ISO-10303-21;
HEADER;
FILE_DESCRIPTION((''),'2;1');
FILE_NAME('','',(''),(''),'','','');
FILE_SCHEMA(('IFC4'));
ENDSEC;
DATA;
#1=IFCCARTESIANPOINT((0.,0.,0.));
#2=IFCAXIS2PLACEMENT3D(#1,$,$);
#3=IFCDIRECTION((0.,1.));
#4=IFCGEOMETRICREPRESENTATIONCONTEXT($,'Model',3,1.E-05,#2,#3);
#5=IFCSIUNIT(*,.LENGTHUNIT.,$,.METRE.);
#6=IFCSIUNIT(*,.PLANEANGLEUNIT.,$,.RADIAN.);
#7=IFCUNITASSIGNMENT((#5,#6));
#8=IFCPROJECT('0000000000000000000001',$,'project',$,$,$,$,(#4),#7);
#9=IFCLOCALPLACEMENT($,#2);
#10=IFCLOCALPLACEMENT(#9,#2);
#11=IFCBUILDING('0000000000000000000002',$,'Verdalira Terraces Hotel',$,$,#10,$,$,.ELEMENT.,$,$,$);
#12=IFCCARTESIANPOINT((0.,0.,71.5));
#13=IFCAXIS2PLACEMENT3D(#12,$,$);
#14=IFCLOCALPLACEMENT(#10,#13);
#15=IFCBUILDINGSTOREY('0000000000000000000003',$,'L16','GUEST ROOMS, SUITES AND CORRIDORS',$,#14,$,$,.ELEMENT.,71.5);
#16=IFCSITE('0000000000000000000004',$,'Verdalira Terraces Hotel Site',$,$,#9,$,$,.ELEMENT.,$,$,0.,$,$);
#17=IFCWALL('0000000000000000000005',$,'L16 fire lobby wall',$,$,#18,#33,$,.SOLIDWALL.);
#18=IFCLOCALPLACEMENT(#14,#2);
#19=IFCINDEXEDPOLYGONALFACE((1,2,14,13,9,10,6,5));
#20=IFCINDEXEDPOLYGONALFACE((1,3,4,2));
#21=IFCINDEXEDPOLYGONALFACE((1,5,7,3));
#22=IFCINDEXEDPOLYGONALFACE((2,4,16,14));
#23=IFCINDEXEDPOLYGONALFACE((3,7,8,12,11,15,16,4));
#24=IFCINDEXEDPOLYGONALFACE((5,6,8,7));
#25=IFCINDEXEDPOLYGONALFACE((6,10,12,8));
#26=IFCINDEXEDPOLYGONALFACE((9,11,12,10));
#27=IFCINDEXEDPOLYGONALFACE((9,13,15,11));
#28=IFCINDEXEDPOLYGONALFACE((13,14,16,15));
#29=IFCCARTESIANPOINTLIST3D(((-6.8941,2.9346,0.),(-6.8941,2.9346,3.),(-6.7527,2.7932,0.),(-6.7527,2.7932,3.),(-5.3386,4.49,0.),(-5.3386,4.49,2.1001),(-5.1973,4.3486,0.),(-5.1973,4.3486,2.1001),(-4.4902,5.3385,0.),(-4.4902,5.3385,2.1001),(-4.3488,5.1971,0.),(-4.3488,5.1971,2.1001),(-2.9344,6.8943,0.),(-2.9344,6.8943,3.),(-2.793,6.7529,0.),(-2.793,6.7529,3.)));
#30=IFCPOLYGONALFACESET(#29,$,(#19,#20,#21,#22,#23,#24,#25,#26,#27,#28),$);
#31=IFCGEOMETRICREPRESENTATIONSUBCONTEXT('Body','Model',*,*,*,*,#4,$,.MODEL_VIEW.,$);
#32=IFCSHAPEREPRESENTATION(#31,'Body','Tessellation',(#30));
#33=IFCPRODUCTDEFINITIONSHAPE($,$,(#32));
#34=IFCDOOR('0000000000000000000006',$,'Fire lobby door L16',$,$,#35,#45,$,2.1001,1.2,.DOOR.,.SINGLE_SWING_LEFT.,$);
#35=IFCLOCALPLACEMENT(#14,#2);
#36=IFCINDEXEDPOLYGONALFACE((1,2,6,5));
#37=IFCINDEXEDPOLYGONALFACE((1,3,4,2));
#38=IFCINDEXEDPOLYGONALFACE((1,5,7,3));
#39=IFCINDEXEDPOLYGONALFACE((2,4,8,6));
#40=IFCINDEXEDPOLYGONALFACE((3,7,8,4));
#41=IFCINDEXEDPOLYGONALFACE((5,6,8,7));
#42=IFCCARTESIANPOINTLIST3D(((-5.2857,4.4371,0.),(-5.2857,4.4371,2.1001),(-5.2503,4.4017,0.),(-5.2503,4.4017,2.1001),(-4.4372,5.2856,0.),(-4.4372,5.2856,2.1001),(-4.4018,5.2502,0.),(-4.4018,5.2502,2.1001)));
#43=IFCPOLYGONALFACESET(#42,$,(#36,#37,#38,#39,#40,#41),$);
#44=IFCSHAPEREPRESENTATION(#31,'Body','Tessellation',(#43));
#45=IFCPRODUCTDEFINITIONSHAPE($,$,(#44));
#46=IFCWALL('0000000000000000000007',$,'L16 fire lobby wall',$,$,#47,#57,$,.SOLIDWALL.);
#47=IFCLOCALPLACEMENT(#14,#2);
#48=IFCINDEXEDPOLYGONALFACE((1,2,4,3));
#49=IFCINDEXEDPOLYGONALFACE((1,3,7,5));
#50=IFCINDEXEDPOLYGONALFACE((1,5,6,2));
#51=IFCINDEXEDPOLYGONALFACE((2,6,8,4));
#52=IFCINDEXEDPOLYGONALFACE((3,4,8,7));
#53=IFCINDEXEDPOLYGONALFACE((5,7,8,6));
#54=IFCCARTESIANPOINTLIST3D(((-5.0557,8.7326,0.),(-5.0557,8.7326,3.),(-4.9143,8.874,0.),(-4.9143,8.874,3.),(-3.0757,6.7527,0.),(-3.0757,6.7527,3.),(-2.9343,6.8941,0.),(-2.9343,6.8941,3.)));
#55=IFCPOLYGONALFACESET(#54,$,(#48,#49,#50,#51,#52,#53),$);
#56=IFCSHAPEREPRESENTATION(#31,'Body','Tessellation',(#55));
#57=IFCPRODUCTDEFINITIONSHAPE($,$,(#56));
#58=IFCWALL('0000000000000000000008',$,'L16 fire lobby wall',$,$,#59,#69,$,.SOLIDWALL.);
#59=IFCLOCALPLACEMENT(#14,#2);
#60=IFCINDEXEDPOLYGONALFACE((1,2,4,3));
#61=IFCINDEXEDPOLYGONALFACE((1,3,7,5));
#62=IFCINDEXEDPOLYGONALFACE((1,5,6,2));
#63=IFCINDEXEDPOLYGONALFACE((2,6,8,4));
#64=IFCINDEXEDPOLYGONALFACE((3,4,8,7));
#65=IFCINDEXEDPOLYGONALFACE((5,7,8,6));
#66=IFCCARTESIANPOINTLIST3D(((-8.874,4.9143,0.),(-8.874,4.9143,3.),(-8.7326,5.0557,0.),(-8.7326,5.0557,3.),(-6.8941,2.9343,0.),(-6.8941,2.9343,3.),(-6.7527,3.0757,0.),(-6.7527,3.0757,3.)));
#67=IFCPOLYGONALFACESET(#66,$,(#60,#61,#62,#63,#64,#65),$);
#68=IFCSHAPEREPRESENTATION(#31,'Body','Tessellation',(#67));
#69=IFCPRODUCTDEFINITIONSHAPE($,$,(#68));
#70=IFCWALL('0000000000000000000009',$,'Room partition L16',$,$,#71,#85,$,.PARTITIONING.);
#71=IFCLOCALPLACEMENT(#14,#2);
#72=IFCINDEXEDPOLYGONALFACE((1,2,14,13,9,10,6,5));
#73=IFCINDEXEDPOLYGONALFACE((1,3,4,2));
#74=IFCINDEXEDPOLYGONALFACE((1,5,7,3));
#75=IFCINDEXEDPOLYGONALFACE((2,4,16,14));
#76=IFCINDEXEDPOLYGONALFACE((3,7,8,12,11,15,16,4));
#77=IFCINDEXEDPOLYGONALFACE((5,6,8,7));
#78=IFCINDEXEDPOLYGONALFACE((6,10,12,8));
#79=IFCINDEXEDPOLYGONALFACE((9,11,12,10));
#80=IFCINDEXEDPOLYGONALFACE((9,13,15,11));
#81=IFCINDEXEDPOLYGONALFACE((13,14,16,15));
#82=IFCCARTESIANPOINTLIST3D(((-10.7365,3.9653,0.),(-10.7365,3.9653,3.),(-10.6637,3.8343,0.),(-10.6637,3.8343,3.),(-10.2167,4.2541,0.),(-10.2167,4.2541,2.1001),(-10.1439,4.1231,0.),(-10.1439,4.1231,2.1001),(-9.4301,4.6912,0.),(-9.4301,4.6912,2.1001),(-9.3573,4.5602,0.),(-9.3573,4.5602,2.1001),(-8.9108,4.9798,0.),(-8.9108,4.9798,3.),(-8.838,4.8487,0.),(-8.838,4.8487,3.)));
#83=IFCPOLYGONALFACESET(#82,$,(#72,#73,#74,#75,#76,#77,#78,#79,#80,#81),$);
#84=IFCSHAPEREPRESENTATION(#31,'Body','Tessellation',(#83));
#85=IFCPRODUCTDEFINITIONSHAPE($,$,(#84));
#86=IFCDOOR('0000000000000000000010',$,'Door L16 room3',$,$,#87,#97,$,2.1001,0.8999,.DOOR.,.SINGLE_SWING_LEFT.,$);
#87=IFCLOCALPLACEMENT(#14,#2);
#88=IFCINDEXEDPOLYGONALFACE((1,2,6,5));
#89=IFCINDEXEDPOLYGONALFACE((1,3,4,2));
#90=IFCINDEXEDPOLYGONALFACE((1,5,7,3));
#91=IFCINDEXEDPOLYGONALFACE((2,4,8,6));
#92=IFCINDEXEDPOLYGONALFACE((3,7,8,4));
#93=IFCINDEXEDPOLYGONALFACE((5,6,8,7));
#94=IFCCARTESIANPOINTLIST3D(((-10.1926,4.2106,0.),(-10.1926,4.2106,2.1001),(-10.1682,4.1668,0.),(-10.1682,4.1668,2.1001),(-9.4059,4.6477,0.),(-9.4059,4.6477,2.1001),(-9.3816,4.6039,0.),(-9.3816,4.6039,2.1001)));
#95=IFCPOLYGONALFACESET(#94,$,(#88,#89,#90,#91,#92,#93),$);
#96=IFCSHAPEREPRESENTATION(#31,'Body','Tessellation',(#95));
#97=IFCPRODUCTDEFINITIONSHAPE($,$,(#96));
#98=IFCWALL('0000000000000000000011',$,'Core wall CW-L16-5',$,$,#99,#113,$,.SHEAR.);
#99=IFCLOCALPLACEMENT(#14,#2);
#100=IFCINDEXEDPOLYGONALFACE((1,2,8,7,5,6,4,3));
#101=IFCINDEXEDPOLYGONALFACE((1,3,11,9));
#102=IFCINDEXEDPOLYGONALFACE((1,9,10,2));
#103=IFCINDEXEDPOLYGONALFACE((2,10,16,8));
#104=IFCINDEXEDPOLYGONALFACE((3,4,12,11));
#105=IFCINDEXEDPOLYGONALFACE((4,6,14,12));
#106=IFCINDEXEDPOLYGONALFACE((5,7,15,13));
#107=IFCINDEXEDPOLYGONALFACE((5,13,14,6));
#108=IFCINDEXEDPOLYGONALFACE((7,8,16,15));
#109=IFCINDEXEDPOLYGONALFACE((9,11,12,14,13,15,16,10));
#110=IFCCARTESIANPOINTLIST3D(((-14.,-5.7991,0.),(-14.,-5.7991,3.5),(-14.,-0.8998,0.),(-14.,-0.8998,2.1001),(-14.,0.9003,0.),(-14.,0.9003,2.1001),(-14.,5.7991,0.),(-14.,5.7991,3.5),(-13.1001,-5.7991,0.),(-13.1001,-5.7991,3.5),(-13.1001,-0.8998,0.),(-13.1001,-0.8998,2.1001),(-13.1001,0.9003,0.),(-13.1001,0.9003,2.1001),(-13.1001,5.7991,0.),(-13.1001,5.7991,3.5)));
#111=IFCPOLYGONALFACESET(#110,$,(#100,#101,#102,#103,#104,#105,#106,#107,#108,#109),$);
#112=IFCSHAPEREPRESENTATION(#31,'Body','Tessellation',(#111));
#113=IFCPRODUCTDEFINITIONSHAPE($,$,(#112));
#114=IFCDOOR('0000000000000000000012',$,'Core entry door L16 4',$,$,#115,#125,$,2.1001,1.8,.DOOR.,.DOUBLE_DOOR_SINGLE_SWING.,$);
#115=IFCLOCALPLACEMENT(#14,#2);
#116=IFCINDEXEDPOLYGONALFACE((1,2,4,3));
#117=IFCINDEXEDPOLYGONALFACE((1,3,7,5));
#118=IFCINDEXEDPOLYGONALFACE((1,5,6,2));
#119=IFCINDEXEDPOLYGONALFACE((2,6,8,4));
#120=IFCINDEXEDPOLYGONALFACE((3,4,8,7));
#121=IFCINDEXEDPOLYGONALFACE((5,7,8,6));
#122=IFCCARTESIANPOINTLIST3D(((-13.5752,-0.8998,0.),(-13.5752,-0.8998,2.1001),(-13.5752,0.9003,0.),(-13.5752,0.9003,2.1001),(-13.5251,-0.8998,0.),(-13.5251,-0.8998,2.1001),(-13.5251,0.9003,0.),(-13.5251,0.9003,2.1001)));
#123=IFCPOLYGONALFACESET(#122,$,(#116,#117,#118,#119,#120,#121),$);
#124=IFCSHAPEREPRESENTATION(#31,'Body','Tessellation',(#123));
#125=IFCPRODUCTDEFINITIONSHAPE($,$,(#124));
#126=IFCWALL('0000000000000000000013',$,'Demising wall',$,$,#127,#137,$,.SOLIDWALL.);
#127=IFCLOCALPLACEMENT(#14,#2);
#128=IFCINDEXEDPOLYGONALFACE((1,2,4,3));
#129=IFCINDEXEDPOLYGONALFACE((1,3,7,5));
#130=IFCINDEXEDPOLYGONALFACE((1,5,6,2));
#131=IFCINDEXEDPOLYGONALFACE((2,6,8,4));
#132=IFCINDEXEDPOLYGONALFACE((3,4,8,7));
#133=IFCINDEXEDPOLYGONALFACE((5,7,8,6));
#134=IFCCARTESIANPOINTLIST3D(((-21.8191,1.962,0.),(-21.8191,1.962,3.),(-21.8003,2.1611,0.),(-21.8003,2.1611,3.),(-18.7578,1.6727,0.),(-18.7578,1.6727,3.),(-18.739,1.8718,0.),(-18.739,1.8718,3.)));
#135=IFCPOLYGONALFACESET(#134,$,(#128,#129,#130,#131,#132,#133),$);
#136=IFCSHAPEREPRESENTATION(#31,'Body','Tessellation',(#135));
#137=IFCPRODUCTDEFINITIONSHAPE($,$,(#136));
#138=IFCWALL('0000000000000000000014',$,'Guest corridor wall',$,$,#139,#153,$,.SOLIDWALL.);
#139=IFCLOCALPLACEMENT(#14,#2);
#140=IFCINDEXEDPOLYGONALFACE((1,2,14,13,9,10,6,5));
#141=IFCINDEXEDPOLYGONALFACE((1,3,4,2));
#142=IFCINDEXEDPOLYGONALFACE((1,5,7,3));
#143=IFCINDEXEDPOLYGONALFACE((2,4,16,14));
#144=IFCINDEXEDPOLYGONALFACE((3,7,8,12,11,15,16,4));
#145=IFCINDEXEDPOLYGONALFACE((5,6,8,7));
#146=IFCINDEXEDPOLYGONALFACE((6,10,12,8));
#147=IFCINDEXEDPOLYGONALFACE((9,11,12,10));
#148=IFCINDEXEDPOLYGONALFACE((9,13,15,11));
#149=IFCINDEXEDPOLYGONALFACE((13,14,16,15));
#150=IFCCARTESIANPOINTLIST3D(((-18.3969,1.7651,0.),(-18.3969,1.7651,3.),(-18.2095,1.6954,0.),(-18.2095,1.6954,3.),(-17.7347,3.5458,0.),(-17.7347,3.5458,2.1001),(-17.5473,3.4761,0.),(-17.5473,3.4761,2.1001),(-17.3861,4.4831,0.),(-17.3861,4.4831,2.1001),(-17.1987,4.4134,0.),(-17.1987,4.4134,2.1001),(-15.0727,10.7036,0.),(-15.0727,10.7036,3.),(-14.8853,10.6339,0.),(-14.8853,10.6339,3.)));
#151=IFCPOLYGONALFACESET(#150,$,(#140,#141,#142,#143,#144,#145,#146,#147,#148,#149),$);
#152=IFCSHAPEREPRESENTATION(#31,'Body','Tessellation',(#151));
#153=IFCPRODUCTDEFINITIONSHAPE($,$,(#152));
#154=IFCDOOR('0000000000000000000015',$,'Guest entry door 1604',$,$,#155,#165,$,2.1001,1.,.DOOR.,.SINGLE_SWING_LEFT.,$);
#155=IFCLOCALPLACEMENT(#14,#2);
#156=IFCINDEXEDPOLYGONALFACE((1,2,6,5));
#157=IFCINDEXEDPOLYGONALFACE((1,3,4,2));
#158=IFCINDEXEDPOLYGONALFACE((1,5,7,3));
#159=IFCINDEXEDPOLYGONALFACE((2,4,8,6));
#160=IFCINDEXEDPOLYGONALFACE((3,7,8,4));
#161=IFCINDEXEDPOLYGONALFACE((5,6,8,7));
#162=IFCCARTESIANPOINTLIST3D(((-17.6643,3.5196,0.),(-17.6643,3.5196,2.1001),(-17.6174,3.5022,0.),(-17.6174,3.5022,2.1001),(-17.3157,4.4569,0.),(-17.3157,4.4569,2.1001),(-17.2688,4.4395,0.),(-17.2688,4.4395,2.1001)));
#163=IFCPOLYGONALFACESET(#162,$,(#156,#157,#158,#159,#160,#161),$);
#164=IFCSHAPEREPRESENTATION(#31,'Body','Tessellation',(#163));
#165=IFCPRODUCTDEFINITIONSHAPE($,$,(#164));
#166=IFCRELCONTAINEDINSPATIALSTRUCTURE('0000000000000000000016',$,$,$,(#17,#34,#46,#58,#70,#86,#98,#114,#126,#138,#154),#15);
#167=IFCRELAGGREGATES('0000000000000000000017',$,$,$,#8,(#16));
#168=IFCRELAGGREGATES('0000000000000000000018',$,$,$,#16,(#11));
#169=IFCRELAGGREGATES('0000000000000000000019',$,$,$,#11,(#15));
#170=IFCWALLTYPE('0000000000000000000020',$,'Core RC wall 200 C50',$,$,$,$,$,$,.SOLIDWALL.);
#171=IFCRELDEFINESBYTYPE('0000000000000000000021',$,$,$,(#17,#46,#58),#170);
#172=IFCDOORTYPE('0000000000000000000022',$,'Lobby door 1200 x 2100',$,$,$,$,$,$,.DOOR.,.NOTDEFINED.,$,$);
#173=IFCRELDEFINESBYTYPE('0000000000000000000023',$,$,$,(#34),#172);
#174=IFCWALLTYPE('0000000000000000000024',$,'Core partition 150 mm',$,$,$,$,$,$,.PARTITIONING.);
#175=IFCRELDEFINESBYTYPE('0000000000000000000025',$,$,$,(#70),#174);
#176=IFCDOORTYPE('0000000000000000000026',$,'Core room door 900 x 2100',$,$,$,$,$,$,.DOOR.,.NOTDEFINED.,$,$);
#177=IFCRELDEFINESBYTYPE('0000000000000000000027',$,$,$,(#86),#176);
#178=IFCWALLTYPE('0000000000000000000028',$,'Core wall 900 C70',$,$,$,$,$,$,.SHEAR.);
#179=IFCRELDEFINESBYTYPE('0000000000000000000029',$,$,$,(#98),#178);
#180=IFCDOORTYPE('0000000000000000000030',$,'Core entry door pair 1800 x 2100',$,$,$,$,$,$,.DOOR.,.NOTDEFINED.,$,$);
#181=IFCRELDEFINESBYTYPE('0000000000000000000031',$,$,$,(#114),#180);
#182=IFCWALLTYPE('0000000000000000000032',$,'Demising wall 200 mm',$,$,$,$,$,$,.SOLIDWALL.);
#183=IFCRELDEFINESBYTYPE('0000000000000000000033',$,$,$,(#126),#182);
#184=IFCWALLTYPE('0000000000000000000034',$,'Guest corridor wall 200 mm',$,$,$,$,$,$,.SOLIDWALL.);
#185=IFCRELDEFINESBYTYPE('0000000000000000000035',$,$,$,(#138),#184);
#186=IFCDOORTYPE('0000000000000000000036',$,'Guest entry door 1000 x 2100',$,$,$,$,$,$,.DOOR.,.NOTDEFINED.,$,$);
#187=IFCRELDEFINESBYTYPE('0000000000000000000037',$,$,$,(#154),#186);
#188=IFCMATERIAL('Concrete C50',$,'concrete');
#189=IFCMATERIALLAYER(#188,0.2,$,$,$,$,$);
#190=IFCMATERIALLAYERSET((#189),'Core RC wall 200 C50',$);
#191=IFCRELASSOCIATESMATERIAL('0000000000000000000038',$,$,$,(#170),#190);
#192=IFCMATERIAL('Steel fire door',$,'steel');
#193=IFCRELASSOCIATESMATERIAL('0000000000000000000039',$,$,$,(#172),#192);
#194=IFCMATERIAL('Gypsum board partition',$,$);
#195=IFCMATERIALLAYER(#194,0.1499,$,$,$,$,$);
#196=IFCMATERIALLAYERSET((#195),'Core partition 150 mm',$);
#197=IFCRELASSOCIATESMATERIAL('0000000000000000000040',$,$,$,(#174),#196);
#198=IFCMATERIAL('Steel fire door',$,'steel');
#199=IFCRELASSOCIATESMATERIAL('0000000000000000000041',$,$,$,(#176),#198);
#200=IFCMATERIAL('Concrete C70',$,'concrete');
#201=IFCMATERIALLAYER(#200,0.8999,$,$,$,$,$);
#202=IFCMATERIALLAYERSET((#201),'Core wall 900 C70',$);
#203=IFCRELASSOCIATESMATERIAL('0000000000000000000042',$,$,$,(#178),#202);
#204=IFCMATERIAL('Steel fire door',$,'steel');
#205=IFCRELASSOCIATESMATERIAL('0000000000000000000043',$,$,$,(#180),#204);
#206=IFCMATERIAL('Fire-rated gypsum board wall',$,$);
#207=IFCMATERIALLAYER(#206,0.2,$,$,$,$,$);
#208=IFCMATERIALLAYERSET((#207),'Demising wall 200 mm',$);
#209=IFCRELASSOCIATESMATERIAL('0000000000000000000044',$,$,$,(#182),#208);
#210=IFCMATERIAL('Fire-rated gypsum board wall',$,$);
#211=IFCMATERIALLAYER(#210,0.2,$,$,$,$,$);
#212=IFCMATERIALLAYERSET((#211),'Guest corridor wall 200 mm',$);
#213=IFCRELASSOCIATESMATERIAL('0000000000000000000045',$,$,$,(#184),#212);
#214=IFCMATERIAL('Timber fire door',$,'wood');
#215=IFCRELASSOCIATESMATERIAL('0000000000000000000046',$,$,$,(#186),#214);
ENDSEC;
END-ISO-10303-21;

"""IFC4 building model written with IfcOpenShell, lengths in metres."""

from ifc_helpers import new_model, si_unit, direction, frame, frame_2d, origin, place, context, subcontext, project, spatial, rectangle, extrude, material, layer, layer_set, type_object, element, fill, save


model = new_model("IFC4")

# Units and contexts
model_context = context("Model", 3, precision=1e-05, world=origin(), true_north=direction((0.0, 1.0)))
body_context = subcontext(model_context, "Body", "Model", "MODEL_VIEW")
ifc_project = project(units=[si_unit("LENGTHUNIT", "METRE"), si_unit("PLANEANGLEUNIT", "RADIAN")], contexts=[model_context])

# Site, building, storey
site_placement = place(None, origin())
site = spatial("IfcSite", under=ifc_project, at=site_placement, Name="Verdalira Terraces Hotel Site", CompositionType="ELEMENT", RefElevation=0.0)
building_placement = place(site_placement, origin())
building = spatial("IfcBuilding", under=site, at=building_placement, Name="Verdalira Terraces Hotel", CompositionType="ELEMENT")
storey_placement = place(building_placement, frame((0.0, 0.0, 71.5)))
storey = spatial("IfcBuildingStorey", under=building, at=storey_placement, Name="L16", Description="GUEST ROOMS, SUITES AND CORRIDORS", CompositionType="ELEMENT", Elevation=71.5)

# Wall, opening, door
ifc_material_1 = material(Name="Concrete C50", Category="concrete")
ifc_layer_1 = layer(ifc_material_1, 0.2)
ifc_layer_set_1 = layer_set([ifc_layer_1], Name="Core RC wall 200 C50")
wall_type_1 = type_object("IfcWallType", Name="Core RC wall 200 C50", PredefinedType="SOLIDWALL", material=ifc_layer_set_1)
wall_1_placement = place(storey_placement, frame((-2.8638, 6.8235, 0.0), z_axis=(0.0, 0.0, 1.0), x_axis=(-0.707107, -0.707107, 0.0)))
wall_1 = element("IfcWall", 1, at=wall_1_placement, inside=storey, type_object=wall_type_1, Name="L16 fire lobby wall", PredefinedType="SOLIDWALL", context=body_context, shape_type="SweptSolid", body=[
    extrude(rectangle(XDim=5.5999, YDim=0.2, at=frame_2d((2.7998, 0.0))), origin(), (0.0, 0.0, 1.0), 3.0),
])
opening_1_placement = place(wall_1_placement, frame((2.2, 0.0, 0.0)))
opening_1 = element("IfcOpeningElement", 2, at=opening_1_placement, cuts=wall_1, PredefinedType="OPENING", context=body_context, shape_type="SweptSolid", body=[
    extrude(rectangle(XDim=1.2, YDim=2.1001, at=frame_2d((0.6001, 1.05))), frame((0.0, 0.1099, 0.0), z_axis=(0.0, -1.0, 0.0), x_axis=(1.0, 0.0, 0.0)), (0.0, 0.0, 1.0), 0.22),
])
ifc_material_2 = material(Name="Steel fire door", Category="steel")
door_type_1 = type_object("IfcDoorType", Name="Lobby door 1200 x 2100", OperationType="NOTDEFINED", PredefinedType="DOOR", material=ifc_material_2)
door_1_placement = place(opening_1_placement, origin())
door_1 = element("IfcDoor", 3, at=door_1_placement, inside=storey, type_object=door_type_1, Name="Fire lobby door L16", OperationType="SINGLE_SWING_LEFT", OverallHeight=2.1001, OverallWidth=1.2, PredefinedType="DOOR", context=body_context, shape_type="SweptSolid", body=[
    extrude(rectangle(XDim=1.2, YDim=2.1001, at=frame_2d((0.6001, 1.05))), frame((0.0, 0.0249, 0.0), z_axis=(0.0, -1.0, 0.0), x_axis=(1.0, 0.0, 0.0)), (0.0, 0.0, 1.0), 0.05),
])
fill(opening_1, door_1)

# Walls
for number, where, z_axis, x_axis, name in (
    (4, (-3.0051, 6.8235, 0.0), (0.0, 0.0, 1.0), (-0.707107, 0.707107, 0.0), "L16 fire lobby wall"),
    (5, (-6.8235, 3.0051, 0.0), (0.0, 0.0, 1.0), (-0.707107, 0.707107, 0.0), "L16 fire lobby wall"),
):
    element("IfcWall", number, at=place(storey_placement, frame(where, z_axis=z_axis, x_axis=x_axis)), inside=storey, type_object=wall_type_1, Name=name, PredefinedType="SOLIDWALL", context=body_context, shape_type="SweptSolid", body=[
        extrude(rectangle(XDim=2.8, YDim=0.2, at=frame_2d((1.3999, 0.0))), origin(), (0.0, 0.0, 1.0), 3.0),
    ])

# Walls, openings, doors
ifc_material_3 = material(Name="Gypsum board partition")
ifc_layer_2 = layer(ifc_material_3, 0.1499)
ifc_layer_set_2 = layer_set([ifc_layer_2], Name="Core partition 150 mm")
wall_type_2 = type_object("IfcWallType", Name="Core partition 150 mm", PredefinedType="PARTITIONING", material=ifc_layer_set_2)
wall_2_placement = place(storey_placement, frame((-8.8743, 4.9143, 0.0), z_axis=(0.0, 0.0, 1.0), x_axis=(-0.87413, -0.485693, 0.0)))
wall_2 = element("IfcWall", 6, at=wall_2_placement, inside=storey, type_object=wall_type_2, Name="Room partition L16", PredefinedType="PARTITIONING", context=body_context, shape_type="SweptSolid", body=[
    extrude(rectangle(XDim=2.0886, YDim=0.1499, at=frame_2d((1.0444, 0.0))), origin(), (0.0, 0.0, 1.0), 3.0),
])
opening_2_placement = place(wall_2_placement, frame((0.5942, 0.0, 0.0)))
opening_2 = element("IfcOpeningElement", 7, at=opening_2_placement, cuts=wall_2, PredefinedType="OPENING", context=body_context, shape_type="SweptSolid", body=[
    extrude(rectangle(XDim=0.8999, YDim=2.1001, at=frame_2d((0.45, 1.05))), frame((0.0, 0.085, 0.0), z_axis=(0.0, -1.0, 0.0), x_axis=(1.0, 0.0, 0.0)), (0.0, 0.0, 1.0), 0.1699),
])
ifc_material_4 = material(Name="Steel fire door", Category="steel")
door_type_2 = type_object("IfcDoorType", Name="Core room door 900 x 2100", OperationType="NOTDEFINED", PredefinedType="DOOR", material=ifc_material_4)
door_2_placement = place(opening_2_placement, origin())
door_2 = element("IfcDoor", 8, at=door_2_placement, inside=storey, type_object=door_type_2, Name="Door L16 room3", OperationType="SINGLE_SWING_LEFT", OverallHeight=2.1001, OverallWidth=0.8999, PredefinedType="DOOR", context=body_context, shape_type="SweptSolid", body=[
    extrude(rectangle(XDim=0.8999, YDim=2.1001, at=frame_2d((0.45, 1.05))), frame((0.0, 0.0249, 0.0), z_axis=(0.0, -1.0, 0.0), x_axis=(1.0, 0.0, 0.0)), (0.0, 0.0, 1.0), 0.05),
])
fill(opening_2, door_2)
ifc_material_5 = material(Name="Concrete C70", Category="concrete")
ifc_layer_3 = layer(ifc_material_5, 0.8999)
ifc_layer_set_3 = layer_set([ifc_layer_3], Name="Core wall 900 C70")
wall_type_3 = type_object("IfcWallType", Name="Core wall 900 C70", PredefinedType="SHEAR", material=ifc_layer_set_3)
wall_3_placement = place(storey_placement, frame((-13.55, 5.7991, 0.0), z_axis=(0.0, 0.0, 1.0), x_axis=(0.0, -1.0, 0.0)))
wall_3 = element("IfcWall", 9, at=wall_3_placement, inside=storey, type_object=wall_type_3, Name="Core wall CW-L16-5", PredefinedType="SHEAR", context=body_context, shape_type="SweptSolid", body=[
    extrude(rectangle(XDim=11.5981, YDim=0.8999, at=frame_2d((5.7991, 0.0))), origin(), (0.0, 0.0, 1.0), 3.5),
])
opening_3_placement = place(wall_3_placement, frame((4.8989, 0.0, 0.0)))
opening_3 = element("IfcOpeningElement", 10, at=opening_3_placement, cuts=wall_3, PredefinedType="OPENING", context=body_context, shape_type="SweptSolid", body=[
    extrude(rectangle(XDim=1.8, YDim=2.1001, at=frame_2d((0.8999, 1.05))), frame((0.0, 0.46, 0.0), z_axis=(0.0, -1.0, 0.0), x_axis=(1.0, 0.0, 0.0)), (0.0, 0.0, 1.0), 0.9199),
])
ifc_material_6 = material(Name="Steel fire door", Category="steel")
door_type_3 = type_object("IfcDoorType", Name="Core entry door pair 1800 x 2100", OperationType="NOTDEFINED", PredefinedType="DOOR", material=ifc_material_6)
door_3_placement = place(opening_3_placement, origin())
door_3 = element("IfcDoor", 11, at=door_3_placement, inside=storey, type_object=door_type_3, Name="Core entry door L16 4", OperationType="DOUBLE_DOOR_SINGLE_SWING", OverallHeight=2.1001, OverallWidth=1.8, PredefinedType="DOOR", context=body_context, shape_type="SweptSolid", body=[
    extrude(rectangle(XDim=1.8, YDim=2.1001, at=frame_2d((0.8999, 1.05))), frame((0.0, 0.0249, 0.0), z_axis=(0.0, -1.0, 0.0), x_axis=(1.0, 0.0, 0.0)), (0.0, 0.0, 1.0), 0.05),
])
fill(opening_3, door_3)

# Wall
ifc_material_7 = material(Name="Fire-rated gypsum board wall")
ifc_layer_4 = layer(ifc_material_7, 0.2)
ifc_layer_set_4 = layer_set([ifc_layer_4], Name="Demising wall 200 mm")
wall_type_4 = type_object("IfcWallType", Name="Demising wall 200 mm", PredefinedType="SOLIDWALL", material=ifc_layer_set_4)
wall_4_placement = place(storey_placement, frame((-18.7483, 1.7722, 0.0), z_axis=(0.0, 0.0, 1.0), x_axis=(-0.995564, 0.094086, 0.0)))
element("IfcWall", 12, at=wall_4_placement, inside=storey, type_object=wall_type_4, Name="Demising wall", PredefinedType="SOLIDWALL", context=body_context, shape_type="SweptSolid", body=[
    extrude(rectangle(XDim=3.075, YDim=0.2, at=frame_2d((1.5376, 0.0))), origin(), (0.0, 0.0, 1.0), 3.0),
])

# Wall, opening, door
ifc_material_8 = material(Name="Fire-rated gypsum board wall")
ifc_layer_5 = layer(ifc_material_8, 0.2)
ifc_layer_set_5 = layer_set([ifc_layer_5], Name="Guest corridor wall 200 mm")
wall_type_5 = type_object("IfcWallType", Name="Guest corridor wall 200 mm", PredefinedType="SOLIDWALL", material=ifc_layer_set_5)
wall_5_placement = place(storey_placement, frame((-18.3032, 1.7302, 0.0), z_axis=(0.0, 0.0, 1.0), x_axis=(0.348575, 0.937281, 0.0)))
wall_5 = element("IfcWall", 13, at=wall_5_placement, inside=storey, type_object=wall_type_5, Name="Guest corridor wall", PredefinedType="SOLIDWALL", context=body_context, shape_type="SweptSolid", body=[
    extrude(rectangle(XDim=9.5366, YDim=0.2, at=frame_2d((4.7683, 0.0))), origin(), (0.0, 0.0, 1.0), 3.0),
])
opening_4_placement = place(wall_5_placement, frame((1.8999, 0.0, 0.0)))
opening_4 = element("IfcOpeningElement", 14, at=opening_4_placement, cuts=wall_5, PredefinedType="OPENING", context=body_context, shape_type="SweptSolid", body=[
    extrude(rectangle(XDim=1.0, YDim=2.1001, at=frame_2d((0.5, 1.05))), frame((0.0, 0.1099, 0.0), z_axis=(0.0, -1.0, 0.0), x_axis=(1.0, 0.0, 0.0)), (0.0, 0.0, 1.0), 0.22),
])
ifc_material_9 = material(Name="Timber fire door", Category="wood")
door_type_4 = type_object("IfcDoorType", Name="Guest entry door 1000 x 2100", OperationType="NOTDEFINED", PredefinedType="DOOR", material=ifc_material_9)
door_4_placement = place(opening_4_placement, origin())
door_4 = element("IfcDoor", 15, at=door_4_placement, inside=storey, type_object=door_type_4, Name="Guest entry door 1604", OperationType="SINGLE_SWING_LEFT", OverallHeight=2.1001, OverallWidth=1.0, PredefinedType="DOOR", context=body_context, shape_type="SweptSolid", body=[
    extrude(rectangle(XDim=1.0, YDim=2.1001, at=frame_2d((0.5, 1.05))), frame((0.0, 0.0249, 0.0), z_axis=(0.0, -1.0, 0.0), x_axis=(1.0, 0.0, 0.0)), (0.0, 0.0, 1.0), 0.05),
])
fill(opening_4, door_4)

save(model, "model.ifc")
